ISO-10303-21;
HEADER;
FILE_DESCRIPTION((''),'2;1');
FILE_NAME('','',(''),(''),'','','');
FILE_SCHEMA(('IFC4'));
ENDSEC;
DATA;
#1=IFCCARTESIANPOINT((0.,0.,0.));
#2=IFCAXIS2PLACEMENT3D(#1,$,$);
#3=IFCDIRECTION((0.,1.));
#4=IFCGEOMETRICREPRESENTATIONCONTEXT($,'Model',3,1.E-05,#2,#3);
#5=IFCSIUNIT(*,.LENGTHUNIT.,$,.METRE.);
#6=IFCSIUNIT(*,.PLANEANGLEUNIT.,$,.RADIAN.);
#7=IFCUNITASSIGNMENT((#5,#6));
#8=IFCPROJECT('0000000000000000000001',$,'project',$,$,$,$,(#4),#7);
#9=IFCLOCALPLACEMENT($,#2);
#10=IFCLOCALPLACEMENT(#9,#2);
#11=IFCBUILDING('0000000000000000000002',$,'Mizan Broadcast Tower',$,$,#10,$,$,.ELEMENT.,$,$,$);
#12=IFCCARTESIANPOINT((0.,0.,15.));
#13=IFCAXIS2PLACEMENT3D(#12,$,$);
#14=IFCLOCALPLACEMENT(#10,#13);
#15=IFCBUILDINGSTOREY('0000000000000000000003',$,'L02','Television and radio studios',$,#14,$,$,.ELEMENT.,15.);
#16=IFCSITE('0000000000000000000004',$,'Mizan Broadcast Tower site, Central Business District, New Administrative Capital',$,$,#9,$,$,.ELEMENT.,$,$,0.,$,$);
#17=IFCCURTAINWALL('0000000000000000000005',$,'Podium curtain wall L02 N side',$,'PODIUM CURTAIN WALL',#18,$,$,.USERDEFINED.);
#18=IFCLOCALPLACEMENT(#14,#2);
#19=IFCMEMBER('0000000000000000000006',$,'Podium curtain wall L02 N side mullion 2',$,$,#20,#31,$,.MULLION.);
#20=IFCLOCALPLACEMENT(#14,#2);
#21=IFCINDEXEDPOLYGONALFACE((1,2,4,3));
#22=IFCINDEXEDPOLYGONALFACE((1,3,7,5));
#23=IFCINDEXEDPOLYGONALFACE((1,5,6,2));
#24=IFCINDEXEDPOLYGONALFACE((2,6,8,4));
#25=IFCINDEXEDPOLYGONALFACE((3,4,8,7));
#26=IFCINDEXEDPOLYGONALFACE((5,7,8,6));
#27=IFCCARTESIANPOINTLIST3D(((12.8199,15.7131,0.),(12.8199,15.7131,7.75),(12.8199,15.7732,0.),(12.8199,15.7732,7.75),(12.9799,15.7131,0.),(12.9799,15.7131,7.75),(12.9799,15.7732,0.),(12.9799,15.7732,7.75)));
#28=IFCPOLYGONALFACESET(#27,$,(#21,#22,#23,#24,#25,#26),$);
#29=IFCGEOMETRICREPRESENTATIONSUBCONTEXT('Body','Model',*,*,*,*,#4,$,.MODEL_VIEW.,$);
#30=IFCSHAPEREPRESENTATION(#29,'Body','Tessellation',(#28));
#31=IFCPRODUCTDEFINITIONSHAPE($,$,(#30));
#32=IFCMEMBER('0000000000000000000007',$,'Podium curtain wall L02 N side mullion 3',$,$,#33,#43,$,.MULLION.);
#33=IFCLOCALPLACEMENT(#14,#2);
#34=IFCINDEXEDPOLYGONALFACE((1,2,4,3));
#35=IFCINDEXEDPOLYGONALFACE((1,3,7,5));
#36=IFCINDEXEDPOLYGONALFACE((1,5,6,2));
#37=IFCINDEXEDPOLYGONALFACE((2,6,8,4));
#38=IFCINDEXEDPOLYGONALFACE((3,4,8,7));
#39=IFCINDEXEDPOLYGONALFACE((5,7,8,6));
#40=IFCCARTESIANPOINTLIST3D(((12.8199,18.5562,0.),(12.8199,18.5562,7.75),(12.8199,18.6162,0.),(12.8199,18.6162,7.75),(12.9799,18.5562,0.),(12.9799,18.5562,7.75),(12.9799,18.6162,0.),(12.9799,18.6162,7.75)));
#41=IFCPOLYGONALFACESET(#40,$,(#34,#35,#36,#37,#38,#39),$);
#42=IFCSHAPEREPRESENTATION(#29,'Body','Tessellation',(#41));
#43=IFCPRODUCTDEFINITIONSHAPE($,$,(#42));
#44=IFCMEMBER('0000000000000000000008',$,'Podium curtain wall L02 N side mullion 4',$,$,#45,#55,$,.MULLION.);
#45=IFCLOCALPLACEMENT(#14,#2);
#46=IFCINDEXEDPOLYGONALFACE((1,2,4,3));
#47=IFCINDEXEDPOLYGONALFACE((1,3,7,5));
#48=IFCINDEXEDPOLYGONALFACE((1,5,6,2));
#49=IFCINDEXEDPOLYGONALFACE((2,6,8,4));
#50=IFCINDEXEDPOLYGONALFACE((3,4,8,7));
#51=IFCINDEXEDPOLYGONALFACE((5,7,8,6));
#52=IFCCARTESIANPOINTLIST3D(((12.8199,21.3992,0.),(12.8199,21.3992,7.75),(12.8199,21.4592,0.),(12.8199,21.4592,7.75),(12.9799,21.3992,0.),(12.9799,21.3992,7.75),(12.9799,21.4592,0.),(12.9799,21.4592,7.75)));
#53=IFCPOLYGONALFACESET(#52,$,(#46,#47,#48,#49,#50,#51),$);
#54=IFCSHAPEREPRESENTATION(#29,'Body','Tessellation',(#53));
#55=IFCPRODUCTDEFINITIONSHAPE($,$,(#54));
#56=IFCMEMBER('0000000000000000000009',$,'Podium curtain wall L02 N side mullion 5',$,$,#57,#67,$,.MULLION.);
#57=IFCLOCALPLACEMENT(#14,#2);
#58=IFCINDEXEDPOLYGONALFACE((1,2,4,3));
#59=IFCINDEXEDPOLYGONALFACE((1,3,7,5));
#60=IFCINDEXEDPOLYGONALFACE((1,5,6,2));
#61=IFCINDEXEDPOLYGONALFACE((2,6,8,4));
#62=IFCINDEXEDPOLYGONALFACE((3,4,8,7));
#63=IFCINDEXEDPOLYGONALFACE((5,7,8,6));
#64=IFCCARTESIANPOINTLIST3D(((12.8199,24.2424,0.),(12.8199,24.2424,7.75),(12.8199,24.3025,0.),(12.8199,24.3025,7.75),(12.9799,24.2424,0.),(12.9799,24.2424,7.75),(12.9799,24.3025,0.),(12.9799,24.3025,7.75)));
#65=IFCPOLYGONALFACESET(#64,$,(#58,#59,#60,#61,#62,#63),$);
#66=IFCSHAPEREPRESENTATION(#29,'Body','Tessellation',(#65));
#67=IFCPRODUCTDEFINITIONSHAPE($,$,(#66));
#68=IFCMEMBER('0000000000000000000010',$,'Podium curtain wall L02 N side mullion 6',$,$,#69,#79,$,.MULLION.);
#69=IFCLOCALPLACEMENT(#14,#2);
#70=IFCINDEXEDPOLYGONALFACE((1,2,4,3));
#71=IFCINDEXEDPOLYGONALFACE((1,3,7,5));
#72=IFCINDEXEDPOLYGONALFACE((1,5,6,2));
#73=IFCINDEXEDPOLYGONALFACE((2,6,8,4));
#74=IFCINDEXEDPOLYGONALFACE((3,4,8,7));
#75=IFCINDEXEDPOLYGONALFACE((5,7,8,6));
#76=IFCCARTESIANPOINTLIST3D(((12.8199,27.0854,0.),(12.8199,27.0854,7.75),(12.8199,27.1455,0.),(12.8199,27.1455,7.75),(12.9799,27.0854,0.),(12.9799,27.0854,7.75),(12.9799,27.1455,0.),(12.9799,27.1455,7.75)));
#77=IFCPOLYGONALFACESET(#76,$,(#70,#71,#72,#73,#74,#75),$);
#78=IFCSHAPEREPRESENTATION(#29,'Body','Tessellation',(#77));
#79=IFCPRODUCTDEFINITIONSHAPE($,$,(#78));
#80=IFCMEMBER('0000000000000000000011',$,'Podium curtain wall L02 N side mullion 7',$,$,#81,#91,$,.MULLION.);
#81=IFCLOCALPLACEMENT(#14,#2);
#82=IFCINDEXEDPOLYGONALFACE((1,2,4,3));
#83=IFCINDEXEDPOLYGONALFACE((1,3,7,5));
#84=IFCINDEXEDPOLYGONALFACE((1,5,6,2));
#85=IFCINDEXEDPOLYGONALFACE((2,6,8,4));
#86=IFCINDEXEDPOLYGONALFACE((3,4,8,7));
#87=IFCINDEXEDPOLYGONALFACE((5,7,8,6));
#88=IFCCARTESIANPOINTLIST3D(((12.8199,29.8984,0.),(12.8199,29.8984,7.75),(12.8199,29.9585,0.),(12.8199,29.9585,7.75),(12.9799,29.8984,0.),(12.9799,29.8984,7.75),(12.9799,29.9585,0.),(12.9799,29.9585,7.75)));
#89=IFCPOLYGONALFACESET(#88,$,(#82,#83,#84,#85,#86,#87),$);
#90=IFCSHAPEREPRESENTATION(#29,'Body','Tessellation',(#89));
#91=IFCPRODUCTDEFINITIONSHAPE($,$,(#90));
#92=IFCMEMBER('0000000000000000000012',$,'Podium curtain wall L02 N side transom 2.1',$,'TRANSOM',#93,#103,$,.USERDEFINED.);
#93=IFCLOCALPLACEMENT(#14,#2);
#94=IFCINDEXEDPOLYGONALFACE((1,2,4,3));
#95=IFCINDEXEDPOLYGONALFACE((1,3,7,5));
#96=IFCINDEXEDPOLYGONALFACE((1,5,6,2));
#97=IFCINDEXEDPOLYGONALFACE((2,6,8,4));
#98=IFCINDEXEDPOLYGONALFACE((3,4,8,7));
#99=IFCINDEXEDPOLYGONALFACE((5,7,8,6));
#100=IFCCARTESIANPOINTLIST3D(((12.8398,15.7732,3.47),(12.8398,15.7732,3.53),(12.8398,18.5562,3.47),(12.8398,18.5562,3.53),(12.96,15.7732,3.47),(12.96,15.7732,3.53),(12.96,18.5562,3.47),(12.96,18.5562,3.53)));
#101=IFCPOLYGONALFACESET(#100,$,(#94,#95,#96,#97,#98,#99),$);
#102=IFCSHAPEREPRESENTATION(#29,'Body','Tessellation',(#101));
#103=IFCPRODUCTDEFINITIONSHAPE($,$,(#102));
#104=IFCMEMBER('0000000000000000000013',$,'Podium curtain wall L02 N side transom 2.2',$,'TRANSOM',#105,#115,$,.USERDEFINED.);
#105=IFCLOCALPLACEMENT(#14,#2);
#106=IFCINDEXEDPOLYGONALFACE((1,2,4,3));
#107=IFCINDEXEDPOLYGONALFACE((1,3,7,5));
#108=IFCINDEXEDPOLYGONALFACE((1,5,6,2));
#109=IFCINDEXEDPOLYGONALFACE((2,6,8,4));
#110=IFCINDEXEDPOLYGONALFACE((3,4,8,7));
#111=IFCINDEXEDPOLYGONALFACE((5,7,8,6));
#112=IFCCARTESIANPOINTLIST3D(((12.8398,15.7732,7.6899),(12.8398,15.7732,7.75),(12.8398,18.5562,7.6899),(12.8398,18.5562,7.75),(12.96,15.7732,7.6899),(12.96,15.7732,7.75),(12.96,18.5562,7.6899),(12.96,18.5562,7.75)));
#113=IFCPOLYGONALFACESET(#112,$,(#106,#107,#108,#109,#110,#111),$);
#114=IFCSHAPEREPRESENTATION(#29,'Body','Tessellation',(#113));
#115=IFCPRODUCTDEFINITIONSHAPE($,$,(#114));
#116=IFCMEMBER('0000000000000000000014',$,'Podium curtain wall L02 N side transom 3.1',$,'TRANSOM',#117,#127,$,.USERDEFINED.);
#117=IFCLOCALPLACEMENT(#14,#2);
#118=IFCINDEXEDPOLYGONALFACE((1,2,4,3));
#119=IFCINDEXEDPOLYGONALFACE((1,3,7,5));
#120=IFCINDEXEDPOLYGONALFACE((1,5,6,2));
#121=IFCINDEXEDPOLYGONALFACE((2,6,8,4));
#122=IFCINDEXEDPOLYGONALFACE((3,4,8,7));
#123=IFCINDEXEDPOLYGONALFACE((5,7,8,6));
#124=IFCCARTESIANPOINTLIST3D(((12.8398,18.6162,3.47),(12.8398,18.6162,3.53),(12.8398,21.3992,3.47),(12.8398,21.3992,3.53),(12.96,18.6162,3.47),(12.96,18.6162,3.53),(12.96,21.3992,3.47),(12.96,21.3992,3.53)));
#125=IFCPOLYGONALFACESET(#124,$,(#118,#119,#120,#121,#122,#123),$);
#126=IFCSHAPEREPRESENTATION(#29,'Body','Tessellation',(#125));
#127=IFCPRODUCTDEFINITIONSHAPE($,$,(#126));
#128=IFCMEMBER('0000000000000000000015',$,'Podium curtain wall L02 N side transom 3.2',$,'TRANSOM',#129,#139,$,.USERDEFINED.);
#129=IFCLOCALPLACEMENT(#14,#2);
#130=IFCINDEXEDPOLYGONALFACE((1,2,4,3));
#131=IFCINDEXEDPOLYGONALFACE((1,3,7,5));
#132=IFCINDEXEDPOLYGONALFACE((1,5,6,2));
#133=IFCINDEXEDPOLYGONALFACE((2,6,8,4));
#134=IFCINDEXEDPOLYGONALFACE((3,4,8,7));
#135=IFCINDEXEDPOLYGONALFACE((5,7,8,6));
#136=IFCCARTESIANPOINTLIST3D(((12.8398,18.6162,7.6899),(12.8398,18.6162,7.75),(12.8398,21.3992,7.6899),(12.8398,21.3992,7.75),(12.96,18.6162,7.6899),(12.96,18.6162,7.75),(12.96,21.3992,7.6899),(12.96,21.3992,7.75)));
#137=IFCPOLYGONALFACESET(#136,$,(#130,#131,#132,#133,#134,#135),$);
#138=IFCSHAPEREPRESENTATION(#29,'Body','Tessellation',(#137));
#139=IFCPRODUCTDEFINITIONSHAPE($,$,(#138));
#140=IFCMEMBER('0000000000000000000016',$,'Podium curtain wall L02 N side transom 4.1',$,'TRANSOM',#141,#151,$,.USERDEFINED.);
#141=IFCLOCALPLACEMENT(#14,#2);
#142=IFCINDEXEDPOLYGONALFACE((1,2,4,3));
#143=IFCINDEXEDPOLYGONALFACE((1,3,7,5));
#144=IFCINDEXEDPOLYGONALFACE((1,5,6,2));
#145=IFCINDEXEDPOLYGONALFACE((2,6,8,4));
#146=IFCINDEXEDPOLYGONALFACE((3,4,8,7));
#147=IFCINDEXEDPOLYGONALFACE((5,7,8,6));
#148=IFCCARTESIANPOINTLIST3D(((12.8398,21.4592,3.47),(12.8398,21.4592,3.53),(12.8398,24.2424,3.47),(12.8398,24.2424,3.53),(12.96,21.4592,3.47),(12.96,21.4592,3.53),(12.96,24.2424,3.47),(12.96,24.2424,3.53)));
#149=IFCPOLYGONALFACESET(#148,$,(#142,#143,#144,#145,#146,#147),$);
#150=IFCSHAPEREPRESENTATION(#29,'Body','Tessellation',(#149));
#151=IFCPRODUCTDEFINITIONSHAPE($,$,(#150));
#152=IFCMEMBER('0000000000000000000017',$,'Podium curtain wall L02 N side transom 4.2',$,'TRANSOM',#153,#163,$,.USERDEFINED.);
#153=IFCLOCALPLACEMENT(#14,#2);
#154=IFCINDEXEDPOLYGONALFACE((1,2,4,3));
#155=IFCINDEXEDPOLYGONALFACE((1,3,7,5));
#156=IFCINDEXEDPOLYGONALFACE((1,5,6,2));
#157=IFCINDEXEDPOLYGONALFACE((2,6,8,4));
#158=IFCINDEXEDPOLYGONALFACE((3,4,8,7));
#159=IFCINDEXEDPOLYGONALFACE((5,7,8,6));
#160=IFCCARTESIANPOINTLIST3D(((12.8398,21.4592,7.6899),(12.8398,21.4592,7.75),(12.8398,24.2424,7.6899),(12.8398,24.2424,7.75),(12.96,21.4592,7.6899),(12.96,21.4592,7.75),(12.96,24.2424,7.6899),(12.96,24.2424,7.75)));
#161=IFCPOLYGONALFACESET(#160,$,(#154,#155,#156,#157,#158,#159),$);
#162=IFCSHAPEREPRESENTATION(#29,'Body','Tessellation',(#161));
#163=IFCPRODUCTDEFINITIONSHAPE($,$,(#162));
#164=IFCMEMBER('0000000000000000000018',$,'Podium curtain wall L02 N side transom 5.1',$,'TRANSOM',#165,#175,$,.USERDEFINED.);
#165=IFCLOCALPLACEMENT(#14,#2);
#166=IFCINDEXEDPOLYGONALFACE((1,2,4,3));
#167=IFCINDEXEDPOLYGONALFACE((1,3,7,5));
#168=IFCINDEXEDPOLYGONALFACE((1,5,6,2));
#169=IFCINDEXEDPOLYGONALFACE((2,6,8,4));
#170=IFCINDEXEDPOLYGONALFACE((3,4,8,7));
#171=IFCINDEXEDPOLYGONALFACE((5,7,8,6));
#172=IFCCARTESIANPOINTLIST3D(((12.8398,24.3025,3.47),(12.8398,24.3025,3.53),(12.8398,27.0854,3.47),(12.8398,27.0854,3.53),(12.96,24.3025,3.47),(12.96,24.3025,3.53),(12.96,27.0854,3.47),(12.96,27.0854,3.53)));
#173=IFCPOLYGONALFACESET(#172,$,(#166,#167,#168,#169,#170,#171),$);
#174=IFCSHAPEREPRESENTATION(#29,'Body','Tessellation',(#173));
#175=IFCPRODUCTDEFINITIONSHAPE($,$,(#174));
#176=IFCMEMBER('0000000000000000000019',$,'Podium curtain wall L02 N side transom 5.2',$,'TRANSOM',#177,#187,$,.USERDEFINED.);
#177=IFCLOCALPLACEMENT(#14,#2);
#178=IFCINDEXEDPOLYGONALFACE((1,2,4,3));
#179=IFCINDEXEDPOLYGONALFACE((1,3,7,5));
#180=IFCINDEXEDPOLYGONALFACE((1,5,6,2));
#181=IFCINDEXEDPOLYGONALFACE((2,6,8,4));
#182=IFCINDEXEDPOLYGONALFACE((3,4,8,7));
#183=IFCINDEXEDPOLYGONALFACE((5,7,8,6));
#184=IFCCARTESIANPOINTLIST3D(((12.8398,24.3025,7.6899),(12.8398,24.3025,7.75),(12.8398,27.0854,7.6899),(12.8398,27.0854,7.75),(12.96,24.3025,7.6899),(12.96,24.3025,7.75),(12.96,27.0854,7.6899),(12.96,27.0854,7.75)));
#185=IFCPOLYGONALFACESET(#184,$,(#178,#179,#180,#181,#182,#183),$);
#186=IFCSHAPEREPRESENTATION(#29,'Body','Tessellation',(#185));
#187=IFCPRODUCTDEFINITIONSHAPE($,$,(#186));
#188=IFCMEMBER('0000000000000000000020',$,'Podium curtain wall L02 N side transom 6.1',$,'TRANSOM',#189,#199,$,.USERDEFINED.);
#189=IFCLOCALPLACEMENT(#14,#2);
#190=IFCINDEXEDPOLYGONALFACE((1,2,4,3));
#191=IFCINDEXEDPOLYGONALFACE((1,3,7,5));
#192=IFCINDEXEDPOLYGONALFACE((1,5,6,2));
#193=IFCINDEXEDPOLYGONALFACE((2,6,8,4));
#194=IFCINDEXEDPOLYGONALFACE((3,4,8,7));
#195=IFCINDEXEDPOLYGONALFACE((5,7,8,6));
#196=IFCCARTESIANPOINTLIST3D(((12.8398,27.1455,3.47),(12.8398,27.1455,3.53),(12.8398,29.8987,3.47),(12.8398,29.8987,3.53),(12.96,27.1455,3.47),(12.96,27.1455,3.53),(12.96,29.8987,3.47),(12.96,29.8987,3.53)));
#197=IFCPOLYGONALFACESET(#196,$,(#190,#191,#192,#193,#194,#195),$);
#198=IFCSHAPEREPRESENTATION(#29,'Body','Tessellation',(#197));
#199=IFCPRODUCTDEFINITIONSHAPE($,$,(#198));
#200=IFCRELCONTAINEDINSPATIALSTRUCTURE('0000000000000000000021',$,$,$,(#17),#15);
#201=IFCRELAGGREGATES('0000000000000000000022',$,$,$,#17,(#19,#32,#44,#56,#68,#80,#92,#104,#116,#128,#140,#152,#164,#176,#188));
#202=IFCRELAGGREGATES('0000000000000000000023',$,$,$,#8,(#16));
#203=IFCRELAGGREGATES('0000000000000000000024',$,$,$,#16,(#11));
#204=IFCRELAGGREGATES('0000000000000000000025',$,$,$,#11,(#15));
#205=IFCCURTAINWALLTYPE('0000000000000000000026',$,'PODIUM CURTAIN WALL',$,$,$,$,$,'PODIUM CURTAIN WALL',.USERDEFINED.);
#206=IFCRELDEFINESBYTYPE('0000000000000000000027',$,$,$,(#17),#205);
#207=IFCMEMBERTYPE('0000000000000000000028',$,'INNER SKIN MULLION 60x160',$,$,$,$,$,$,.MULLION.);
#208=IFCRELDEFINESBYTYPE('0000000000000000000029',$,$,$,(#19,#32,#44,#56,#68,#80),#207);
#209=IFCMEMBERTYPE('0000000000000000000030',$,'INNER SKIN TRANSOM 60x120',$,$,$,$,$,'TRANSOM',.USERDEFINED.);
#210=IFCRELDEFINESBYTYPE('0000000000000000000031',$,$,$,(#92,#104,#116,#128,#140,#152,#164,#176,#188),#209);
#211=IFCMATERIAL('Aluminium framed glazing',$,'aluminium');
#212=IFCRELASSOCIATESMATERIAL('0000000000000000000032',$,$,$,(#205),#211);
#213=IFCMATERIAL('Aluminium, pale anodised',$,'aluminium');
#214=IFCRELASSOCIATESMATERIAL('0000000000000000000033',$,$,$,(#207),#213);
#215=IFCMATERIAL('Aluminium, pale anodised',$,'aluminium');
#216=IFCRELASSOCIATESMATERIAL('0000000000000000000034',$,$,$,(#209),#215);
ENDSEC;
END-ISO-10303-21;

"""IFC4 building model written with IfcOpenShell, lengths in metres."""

from ifc_helpers import new_model, si_unit, direction, frame, origin, origin_2d, place, context, subcontext, project, spatial, rectangle, extrude, material, material_profile, profile_set, type_object, element, aggregate, save


model = new_model("IFC4")

# Units and contexts
model_context = context("Model", 3, precision=1e-05, world=origin(), true_north=direction((0.0, 1.0)))
body_context = subcontext(model_context, "Body", "Model", "MODEL_VIEW")
ifc_project = project(units=[si_unit("LENGTHUNIT", "METRE"), si_unit("PLANEANGLEUNIT", "RADIAN")], contexts=[model_context])

# Site, building, storey
site_placement = place(None, origin())
site = spatial("IfcSite", under=ifc_project, at=site_placement, Name="Mizan Broadcast Tower site, Central Business District, New Administrative Capital", CompositionType="ELEMENT", RefElevation=0.0)
building_placement = place(site_placement, origin())
building = spatial("IfcBuilding", under=site, at=building_placement, Name="Mizan Broadcast Tower", CompositionType="ELEMENT")
storey_placement = place(building_placement, frame((0.0, 0.0, 15.0)))
storey = spatial("IfcBuildingStorey", under=building, at=storey_placement, Name="L02", Description="Television and radio studios", CompositionType="ELEMENT", Elevation=15.0)

# Curtain wall, members
ifc_material_1 = material(Name="Aluminium framed glazing", Category="aluminium")
curtain_wall_type_1 = type_object("IfcCurtainWallType", Name="PODIUM CURTAIN WALL", ElementType="PODIUM CURTAIN WALL", PredefinedType="USERDEFINED", material=ifc_material_1)
curtain_wall_1_placement = place(storey_placement, origin())
curtain_wall_1 = element("IfcCurtainWall", 1, at=curtain_wall_1_placement, inside=storey, type_object=curtain_wall_type_1, Name="Podium curtain wall L02 N side", ObjectType="PODIUM CURTAIN WALL", PredefinedType="USERDEFINED")
ifc_material_2 = material(Name="Aluminium, pale anodised", Category="aluminium")
ifc_material_profile_1 = material_profile(ifc_material_2, rectangle(XDim=0.1599, YDim=0.0601, at=origin_2d()), Name="MULLION 160x60")
ifc_profile_set_1 = profile_set([ifc_material_profile_1], Name="Aluminium, pale anodised")
member_type_1 = type_object("IfcMemberType", Name="INNER SKIN MULLION 60x160", PredefinedType="MULLION", material=ifc_profile_set_1)
member_1_placement = place(storey_placement, frame((12.8999, 15.7432, 0.0), z_axis=(0.0, 0.0, 1.0), x_axis=(-1.0, 0.0, 0.0)))
member_1 = element("IfcMember", 2, at=member_1_placement, type_object=member_type_1, Name="Podium curtain wall L02 N side mullion 2", PredefinedType="MULLION", context=body_context, shape_type="SweptSolid", body=[
    extrude(rectangle(XDim=0.1599, YDim=0.0601, at=origin_2d()), origin(), (0.0, 0.0, 1.0), 7.75),
])
member_2_placement = place(storey_placement, frame((12.8999, 18.5862, 0.0), z_axis=(0.0, 0.0, 1.0), x_axis=(-1.0, 0.0, 0.0)))
member_2 = element("IfcMember", 3, at=member_2_placement, type_object=member_type_1, Name="Podium curtain wall L02 N side mullion 3", PredefinedType="MULLION", context=body_context, shape_type="SweptSolid", body=[
    extrude(rectangle(XDim=0.1599, YDim=0.0601, at=origin_2d()), origin(), (0.0, 0.0, 1.0), 7.75),
])
member_3_placement = place(storey_placement, frame((12.8999, 21.4292, 0.0), z_axis=(0.0, 0.0, 1.0), x_axis=(-1.0, 0.0, 0.0)))
member_3 = element("IfcMember", 4, at=member_3_placement, type_object=member_type_1, Name="Podium curtain wall L02 N side mullion 4", PredefinedType="MULLION", context=body_context, shape_type="SweptSolid", body=[
    extrude(rectangle(XDim=0.1599, YDim=0.0601, at=origin_2d()), origin(), (0.0, 0.0, 1.0), 7.75),
])
member_4_placement = place(storey_placement, frame((12.8999, 24.2725, 0.0), z_axis=(0.0, 0.0, 1.0), x_axis=(-1.0, 0.0, 0.0)))
member_4 = element("IfcMember", 5, at=member_4_placement, type_object=member_type_1, Name="Podium curtain wall L02 N side mullion 5", PredefinedType="MULLION", context=body_context, shape_type="SweptSolid", body=[
    extrude(rectangle(XDim=0.1599, YDim=0.0601, at=origin_2d()), origin(), (0.0, 0.0, 1.0), 7.75),
])
member_5_placement = place(storey_placement, frame((12.8999, 27.1155, 0.0), z_axis=(0.0, 0.0, 1.0), x_axis=(-1.0, 0.0, 0.0)))
member_5 = element("IfcMember", 6, at=member_5_placement, type_object=member_type_1, Name="Podium curtain wall L02 N side mullion 6", PredefinedType="MULLION", context=body_context, shape_type="SweptSolid", body=[
    extrude(rectangle(XDim=0.1599, YDim=0.0601, at=origin_2d()), origin(), (0.0, 0.0, 1.0), 7.75),
])
member_6_placement = place(storey_placement, frame((12.8999, 29.9285, 0.0), z_axis=(0.0, 0.0, 1.0), x_axis=(-1.0, 0.0, 0.0)))
member_6 = element("IfcMember", 7, at=member_6_placement, type_object=member_type_1, Name="Podium curtain wall L02 N side mullion 7", PredefinedType="MULLION", context=body_context, shape_type="SweptSolid", body=[
    extrude(rectangle(XDim=0.1599, YDim=0.0601, at=origin_2d()), origin(), (0.0, 0.0, 1.0), 7.75),
])
ifc_material_3 = material(Name="Aluminium, pale anodised", Category="aluminium")
ifc_material_profile_2 = material_profile(ifc_material_3, rectangle(XDim=0.1201, YDim=0.0601, at=origin_2d()), Name="TRANSOM 120x60")
ifc_profile_set_2 = profile_set([ifc_material_profile_2], Name="Aluminium, pale anodised")
member_type_2 = type_object("IfcMemberType", Name="INNER SKIN TRANSOM 60x120", ElementType="TRANSOM", PredefinedType="USERDEFINED", material=ifc_profile_set_2)
member_7_placement = place(storey_placement, frame((12.8999, 15.7732, 3.5), z_axis=(0.0, 1.0, 0.0), x_axis=(-1.0, 0.0, 0.0)))
member_7 = element("IfcMember", 8, at=member_7_placement, type_object=member_type_2, Name="Podium curtain wall L02 N side transom 2.1", ObjectType="TRANSOM", PredefinedType="USERDEFINED", context=body_context, shape_type="SweptSolid", body=[
    extrude(rectangle(XDim=0.1201, YDim=0.0601, at=origin_2d()), origin(), (0.0, 0.0, 1.0), 2.783),
])
member_8_placement = place(storey_placement, frame((12.8999, 15.7732, 7.72), z_axis=(0.0, 1.0, 0.0), x_axis=(-1.0, 0.0, 0.0)))
member_8 = element("IfcMember", 9, at=member_8_placement, type_object=member_type_2, Name="Podium curtain wall L02 N side transom 2.2", ObjectType="TRANSOM", PredefinedType="USERDEFINED", context=body_context, shape_type="SweptSolid", body=[
    extrude(rectangle(XDim=0.1201, YDim=0.0601, at=origin_2d()), origin(), (0.0, 0.0, 1.0), 2.783),
])
member_9_placement = place(storey_placement, frame((12.8999, 18.6162, 3.5), z_axis=(0.0, 1.0, 0.0), x_axis=(-1.0, 0.0, 0.0)))
member_9 = element("IfcMember", 10, at=member_9_placement, type_object=member_type_2, Name="Podium curtain wall L02 N side transom 3.1", ObjectType="TRANSOM", PredefinedType="USERDEFINED", context=body_context, shape_type="SweptSolid", body=[
    extrude(rectangle(XDim=0.1201, YDim=0.0601, at=origin_2d()), origin(), (0.0, 0.0, 1.0), 2.783),
])
member_10_placement = place(storey_placement, frame((12.8999, 18.6162, 7.72), z_axis=(0.0, 1.0, 0.0), x_axis=(-1.0, 0.0, 0.0)))
member_10 = element("IfcMember", 11, at=member_10_placement, type_object=member_type_2, Name="Podium curtain wall L02 N side transom 3.2", ObjectType="TRANSOM", PredefinedType="USERDEFINED", context=body_context, shape_type="SweptSolid", body=[
    extrude(rectangle(XDim=0.1201, YDim=0.0601, at=origin_2d()), origin(), (0.0, 0.0, 1.0), 2.783),
])
member_11_placement = place(storey_placement, frame((12.8999, 21.4592, 3.5), z_axis=(0.0, 1.0, 0.0), x_axis=(-1.0, 0.0, 0.0)))
member_11 = element("IfcMember", 12, at=member_11_placement, type_object=member_type_2, Name="Podium curtain wall L02 N side transom 4.1", ObjectType="TRANSOM", PredefinedType="USERDEFINED", context=body_context, shape_type="SweptSolid", body=[
    extrude(rectangle(XDim=0.1201, YDim=0.0601, at=origin_2d()), origin(), (0.0, 0.0, 1.0), 2.7832),
])
member_12_placement = place(storey_placement, frame((12.8999, 21.4592, 7.72), z_axis=(0.0, 1.0, 0.0), x_axis=(-1.0, 0.0, 0.0)))
member_12 = element("IfcMember", 13, at=member_12_placement, type_object=member_type_2, Name="Podium curtain wall L02 N side transom 4.2", ObjectType="TRANSOM", PredefinedType="USERDEFINED", context=body_context, shape_type="SweptSolid", body=[
    extrude(rectangle(XDim=0.1201, YDim=0.0601, at=origin_2d()), origin(), (0.0, 0.0, 1.0), 2.7832),
])
member_13_placement = place(storey_placement, frame((12.8999, 24.3025, 3.5), z_axis=(0.0, 1.0, 0.0), x_axis=(-1.0, 0.0, 0.0)))
member_13 = element("IfcMember", 14, at=member_13_placement, type_object=member_type_2, Name="Podium curtain wall L02 N side transom 5.1", ObjectType="TRANSOM", PredefinedType="USERDEFINED", context=body_context, shape_type="SweptSolid", body=[
    extrude(rectangle(XDim=0.1201, YDim=0.0601, at=origin_2d()), origin(), (0.0, 0.0, 1.0), 2.783),
])
member_14_placement = place(storey_placement, frame((12.8999, 24.3025, 7.72), z_axis=(0.0, 1.0, 0.0), x_axis=(-1.0, 0.0, 0.0)))
member_14 = element("IfcMember", 15, at=member_14_placement, type_object=member_type_2, Name="Podium curtain wall L02 N side transom 5.2", ObjectType="TRANSOM", PredefinedType="USERDEFINED", context=body_context, shape_type="SweptSolid", body=[
    extrude(rectangle(XDim=0.1201, YDim=0.0601, at=origin_2d()), origin(), (0.0, 0.0, 1.0), 2.783),
])
member_15_placement = place(storey_placement, frame((12.8999, 27.1455, 3.5), z_axis=(0.0, 1.0, 0.0), x_axis=(-1.0, 0.0, 0.0)))
member_15 = element("IfcMember", 16, at=member_15_placement, type_object=member_type_2, Name="Podium curtain wall L02 N side transom 6.1", ObjectType="TRANSOM", PredefinedType="USERDEFINED", context=body_context, shape_type="SweptSolid", body=[
    extrude(rectangle(XDim=0.1201, YDim=0.0601, at=origin_2d()), origin(), (0.0, 0.0, 1.0), 2.7532),
])

aggregate(curtain_wall_1, [member_1, member_2, member_3, member_4, member_5, member_6, member_7, member_8, member_9, member_10, member_11, member_12, member_13, member_14, member_15])

save(model, "model.ifc")
